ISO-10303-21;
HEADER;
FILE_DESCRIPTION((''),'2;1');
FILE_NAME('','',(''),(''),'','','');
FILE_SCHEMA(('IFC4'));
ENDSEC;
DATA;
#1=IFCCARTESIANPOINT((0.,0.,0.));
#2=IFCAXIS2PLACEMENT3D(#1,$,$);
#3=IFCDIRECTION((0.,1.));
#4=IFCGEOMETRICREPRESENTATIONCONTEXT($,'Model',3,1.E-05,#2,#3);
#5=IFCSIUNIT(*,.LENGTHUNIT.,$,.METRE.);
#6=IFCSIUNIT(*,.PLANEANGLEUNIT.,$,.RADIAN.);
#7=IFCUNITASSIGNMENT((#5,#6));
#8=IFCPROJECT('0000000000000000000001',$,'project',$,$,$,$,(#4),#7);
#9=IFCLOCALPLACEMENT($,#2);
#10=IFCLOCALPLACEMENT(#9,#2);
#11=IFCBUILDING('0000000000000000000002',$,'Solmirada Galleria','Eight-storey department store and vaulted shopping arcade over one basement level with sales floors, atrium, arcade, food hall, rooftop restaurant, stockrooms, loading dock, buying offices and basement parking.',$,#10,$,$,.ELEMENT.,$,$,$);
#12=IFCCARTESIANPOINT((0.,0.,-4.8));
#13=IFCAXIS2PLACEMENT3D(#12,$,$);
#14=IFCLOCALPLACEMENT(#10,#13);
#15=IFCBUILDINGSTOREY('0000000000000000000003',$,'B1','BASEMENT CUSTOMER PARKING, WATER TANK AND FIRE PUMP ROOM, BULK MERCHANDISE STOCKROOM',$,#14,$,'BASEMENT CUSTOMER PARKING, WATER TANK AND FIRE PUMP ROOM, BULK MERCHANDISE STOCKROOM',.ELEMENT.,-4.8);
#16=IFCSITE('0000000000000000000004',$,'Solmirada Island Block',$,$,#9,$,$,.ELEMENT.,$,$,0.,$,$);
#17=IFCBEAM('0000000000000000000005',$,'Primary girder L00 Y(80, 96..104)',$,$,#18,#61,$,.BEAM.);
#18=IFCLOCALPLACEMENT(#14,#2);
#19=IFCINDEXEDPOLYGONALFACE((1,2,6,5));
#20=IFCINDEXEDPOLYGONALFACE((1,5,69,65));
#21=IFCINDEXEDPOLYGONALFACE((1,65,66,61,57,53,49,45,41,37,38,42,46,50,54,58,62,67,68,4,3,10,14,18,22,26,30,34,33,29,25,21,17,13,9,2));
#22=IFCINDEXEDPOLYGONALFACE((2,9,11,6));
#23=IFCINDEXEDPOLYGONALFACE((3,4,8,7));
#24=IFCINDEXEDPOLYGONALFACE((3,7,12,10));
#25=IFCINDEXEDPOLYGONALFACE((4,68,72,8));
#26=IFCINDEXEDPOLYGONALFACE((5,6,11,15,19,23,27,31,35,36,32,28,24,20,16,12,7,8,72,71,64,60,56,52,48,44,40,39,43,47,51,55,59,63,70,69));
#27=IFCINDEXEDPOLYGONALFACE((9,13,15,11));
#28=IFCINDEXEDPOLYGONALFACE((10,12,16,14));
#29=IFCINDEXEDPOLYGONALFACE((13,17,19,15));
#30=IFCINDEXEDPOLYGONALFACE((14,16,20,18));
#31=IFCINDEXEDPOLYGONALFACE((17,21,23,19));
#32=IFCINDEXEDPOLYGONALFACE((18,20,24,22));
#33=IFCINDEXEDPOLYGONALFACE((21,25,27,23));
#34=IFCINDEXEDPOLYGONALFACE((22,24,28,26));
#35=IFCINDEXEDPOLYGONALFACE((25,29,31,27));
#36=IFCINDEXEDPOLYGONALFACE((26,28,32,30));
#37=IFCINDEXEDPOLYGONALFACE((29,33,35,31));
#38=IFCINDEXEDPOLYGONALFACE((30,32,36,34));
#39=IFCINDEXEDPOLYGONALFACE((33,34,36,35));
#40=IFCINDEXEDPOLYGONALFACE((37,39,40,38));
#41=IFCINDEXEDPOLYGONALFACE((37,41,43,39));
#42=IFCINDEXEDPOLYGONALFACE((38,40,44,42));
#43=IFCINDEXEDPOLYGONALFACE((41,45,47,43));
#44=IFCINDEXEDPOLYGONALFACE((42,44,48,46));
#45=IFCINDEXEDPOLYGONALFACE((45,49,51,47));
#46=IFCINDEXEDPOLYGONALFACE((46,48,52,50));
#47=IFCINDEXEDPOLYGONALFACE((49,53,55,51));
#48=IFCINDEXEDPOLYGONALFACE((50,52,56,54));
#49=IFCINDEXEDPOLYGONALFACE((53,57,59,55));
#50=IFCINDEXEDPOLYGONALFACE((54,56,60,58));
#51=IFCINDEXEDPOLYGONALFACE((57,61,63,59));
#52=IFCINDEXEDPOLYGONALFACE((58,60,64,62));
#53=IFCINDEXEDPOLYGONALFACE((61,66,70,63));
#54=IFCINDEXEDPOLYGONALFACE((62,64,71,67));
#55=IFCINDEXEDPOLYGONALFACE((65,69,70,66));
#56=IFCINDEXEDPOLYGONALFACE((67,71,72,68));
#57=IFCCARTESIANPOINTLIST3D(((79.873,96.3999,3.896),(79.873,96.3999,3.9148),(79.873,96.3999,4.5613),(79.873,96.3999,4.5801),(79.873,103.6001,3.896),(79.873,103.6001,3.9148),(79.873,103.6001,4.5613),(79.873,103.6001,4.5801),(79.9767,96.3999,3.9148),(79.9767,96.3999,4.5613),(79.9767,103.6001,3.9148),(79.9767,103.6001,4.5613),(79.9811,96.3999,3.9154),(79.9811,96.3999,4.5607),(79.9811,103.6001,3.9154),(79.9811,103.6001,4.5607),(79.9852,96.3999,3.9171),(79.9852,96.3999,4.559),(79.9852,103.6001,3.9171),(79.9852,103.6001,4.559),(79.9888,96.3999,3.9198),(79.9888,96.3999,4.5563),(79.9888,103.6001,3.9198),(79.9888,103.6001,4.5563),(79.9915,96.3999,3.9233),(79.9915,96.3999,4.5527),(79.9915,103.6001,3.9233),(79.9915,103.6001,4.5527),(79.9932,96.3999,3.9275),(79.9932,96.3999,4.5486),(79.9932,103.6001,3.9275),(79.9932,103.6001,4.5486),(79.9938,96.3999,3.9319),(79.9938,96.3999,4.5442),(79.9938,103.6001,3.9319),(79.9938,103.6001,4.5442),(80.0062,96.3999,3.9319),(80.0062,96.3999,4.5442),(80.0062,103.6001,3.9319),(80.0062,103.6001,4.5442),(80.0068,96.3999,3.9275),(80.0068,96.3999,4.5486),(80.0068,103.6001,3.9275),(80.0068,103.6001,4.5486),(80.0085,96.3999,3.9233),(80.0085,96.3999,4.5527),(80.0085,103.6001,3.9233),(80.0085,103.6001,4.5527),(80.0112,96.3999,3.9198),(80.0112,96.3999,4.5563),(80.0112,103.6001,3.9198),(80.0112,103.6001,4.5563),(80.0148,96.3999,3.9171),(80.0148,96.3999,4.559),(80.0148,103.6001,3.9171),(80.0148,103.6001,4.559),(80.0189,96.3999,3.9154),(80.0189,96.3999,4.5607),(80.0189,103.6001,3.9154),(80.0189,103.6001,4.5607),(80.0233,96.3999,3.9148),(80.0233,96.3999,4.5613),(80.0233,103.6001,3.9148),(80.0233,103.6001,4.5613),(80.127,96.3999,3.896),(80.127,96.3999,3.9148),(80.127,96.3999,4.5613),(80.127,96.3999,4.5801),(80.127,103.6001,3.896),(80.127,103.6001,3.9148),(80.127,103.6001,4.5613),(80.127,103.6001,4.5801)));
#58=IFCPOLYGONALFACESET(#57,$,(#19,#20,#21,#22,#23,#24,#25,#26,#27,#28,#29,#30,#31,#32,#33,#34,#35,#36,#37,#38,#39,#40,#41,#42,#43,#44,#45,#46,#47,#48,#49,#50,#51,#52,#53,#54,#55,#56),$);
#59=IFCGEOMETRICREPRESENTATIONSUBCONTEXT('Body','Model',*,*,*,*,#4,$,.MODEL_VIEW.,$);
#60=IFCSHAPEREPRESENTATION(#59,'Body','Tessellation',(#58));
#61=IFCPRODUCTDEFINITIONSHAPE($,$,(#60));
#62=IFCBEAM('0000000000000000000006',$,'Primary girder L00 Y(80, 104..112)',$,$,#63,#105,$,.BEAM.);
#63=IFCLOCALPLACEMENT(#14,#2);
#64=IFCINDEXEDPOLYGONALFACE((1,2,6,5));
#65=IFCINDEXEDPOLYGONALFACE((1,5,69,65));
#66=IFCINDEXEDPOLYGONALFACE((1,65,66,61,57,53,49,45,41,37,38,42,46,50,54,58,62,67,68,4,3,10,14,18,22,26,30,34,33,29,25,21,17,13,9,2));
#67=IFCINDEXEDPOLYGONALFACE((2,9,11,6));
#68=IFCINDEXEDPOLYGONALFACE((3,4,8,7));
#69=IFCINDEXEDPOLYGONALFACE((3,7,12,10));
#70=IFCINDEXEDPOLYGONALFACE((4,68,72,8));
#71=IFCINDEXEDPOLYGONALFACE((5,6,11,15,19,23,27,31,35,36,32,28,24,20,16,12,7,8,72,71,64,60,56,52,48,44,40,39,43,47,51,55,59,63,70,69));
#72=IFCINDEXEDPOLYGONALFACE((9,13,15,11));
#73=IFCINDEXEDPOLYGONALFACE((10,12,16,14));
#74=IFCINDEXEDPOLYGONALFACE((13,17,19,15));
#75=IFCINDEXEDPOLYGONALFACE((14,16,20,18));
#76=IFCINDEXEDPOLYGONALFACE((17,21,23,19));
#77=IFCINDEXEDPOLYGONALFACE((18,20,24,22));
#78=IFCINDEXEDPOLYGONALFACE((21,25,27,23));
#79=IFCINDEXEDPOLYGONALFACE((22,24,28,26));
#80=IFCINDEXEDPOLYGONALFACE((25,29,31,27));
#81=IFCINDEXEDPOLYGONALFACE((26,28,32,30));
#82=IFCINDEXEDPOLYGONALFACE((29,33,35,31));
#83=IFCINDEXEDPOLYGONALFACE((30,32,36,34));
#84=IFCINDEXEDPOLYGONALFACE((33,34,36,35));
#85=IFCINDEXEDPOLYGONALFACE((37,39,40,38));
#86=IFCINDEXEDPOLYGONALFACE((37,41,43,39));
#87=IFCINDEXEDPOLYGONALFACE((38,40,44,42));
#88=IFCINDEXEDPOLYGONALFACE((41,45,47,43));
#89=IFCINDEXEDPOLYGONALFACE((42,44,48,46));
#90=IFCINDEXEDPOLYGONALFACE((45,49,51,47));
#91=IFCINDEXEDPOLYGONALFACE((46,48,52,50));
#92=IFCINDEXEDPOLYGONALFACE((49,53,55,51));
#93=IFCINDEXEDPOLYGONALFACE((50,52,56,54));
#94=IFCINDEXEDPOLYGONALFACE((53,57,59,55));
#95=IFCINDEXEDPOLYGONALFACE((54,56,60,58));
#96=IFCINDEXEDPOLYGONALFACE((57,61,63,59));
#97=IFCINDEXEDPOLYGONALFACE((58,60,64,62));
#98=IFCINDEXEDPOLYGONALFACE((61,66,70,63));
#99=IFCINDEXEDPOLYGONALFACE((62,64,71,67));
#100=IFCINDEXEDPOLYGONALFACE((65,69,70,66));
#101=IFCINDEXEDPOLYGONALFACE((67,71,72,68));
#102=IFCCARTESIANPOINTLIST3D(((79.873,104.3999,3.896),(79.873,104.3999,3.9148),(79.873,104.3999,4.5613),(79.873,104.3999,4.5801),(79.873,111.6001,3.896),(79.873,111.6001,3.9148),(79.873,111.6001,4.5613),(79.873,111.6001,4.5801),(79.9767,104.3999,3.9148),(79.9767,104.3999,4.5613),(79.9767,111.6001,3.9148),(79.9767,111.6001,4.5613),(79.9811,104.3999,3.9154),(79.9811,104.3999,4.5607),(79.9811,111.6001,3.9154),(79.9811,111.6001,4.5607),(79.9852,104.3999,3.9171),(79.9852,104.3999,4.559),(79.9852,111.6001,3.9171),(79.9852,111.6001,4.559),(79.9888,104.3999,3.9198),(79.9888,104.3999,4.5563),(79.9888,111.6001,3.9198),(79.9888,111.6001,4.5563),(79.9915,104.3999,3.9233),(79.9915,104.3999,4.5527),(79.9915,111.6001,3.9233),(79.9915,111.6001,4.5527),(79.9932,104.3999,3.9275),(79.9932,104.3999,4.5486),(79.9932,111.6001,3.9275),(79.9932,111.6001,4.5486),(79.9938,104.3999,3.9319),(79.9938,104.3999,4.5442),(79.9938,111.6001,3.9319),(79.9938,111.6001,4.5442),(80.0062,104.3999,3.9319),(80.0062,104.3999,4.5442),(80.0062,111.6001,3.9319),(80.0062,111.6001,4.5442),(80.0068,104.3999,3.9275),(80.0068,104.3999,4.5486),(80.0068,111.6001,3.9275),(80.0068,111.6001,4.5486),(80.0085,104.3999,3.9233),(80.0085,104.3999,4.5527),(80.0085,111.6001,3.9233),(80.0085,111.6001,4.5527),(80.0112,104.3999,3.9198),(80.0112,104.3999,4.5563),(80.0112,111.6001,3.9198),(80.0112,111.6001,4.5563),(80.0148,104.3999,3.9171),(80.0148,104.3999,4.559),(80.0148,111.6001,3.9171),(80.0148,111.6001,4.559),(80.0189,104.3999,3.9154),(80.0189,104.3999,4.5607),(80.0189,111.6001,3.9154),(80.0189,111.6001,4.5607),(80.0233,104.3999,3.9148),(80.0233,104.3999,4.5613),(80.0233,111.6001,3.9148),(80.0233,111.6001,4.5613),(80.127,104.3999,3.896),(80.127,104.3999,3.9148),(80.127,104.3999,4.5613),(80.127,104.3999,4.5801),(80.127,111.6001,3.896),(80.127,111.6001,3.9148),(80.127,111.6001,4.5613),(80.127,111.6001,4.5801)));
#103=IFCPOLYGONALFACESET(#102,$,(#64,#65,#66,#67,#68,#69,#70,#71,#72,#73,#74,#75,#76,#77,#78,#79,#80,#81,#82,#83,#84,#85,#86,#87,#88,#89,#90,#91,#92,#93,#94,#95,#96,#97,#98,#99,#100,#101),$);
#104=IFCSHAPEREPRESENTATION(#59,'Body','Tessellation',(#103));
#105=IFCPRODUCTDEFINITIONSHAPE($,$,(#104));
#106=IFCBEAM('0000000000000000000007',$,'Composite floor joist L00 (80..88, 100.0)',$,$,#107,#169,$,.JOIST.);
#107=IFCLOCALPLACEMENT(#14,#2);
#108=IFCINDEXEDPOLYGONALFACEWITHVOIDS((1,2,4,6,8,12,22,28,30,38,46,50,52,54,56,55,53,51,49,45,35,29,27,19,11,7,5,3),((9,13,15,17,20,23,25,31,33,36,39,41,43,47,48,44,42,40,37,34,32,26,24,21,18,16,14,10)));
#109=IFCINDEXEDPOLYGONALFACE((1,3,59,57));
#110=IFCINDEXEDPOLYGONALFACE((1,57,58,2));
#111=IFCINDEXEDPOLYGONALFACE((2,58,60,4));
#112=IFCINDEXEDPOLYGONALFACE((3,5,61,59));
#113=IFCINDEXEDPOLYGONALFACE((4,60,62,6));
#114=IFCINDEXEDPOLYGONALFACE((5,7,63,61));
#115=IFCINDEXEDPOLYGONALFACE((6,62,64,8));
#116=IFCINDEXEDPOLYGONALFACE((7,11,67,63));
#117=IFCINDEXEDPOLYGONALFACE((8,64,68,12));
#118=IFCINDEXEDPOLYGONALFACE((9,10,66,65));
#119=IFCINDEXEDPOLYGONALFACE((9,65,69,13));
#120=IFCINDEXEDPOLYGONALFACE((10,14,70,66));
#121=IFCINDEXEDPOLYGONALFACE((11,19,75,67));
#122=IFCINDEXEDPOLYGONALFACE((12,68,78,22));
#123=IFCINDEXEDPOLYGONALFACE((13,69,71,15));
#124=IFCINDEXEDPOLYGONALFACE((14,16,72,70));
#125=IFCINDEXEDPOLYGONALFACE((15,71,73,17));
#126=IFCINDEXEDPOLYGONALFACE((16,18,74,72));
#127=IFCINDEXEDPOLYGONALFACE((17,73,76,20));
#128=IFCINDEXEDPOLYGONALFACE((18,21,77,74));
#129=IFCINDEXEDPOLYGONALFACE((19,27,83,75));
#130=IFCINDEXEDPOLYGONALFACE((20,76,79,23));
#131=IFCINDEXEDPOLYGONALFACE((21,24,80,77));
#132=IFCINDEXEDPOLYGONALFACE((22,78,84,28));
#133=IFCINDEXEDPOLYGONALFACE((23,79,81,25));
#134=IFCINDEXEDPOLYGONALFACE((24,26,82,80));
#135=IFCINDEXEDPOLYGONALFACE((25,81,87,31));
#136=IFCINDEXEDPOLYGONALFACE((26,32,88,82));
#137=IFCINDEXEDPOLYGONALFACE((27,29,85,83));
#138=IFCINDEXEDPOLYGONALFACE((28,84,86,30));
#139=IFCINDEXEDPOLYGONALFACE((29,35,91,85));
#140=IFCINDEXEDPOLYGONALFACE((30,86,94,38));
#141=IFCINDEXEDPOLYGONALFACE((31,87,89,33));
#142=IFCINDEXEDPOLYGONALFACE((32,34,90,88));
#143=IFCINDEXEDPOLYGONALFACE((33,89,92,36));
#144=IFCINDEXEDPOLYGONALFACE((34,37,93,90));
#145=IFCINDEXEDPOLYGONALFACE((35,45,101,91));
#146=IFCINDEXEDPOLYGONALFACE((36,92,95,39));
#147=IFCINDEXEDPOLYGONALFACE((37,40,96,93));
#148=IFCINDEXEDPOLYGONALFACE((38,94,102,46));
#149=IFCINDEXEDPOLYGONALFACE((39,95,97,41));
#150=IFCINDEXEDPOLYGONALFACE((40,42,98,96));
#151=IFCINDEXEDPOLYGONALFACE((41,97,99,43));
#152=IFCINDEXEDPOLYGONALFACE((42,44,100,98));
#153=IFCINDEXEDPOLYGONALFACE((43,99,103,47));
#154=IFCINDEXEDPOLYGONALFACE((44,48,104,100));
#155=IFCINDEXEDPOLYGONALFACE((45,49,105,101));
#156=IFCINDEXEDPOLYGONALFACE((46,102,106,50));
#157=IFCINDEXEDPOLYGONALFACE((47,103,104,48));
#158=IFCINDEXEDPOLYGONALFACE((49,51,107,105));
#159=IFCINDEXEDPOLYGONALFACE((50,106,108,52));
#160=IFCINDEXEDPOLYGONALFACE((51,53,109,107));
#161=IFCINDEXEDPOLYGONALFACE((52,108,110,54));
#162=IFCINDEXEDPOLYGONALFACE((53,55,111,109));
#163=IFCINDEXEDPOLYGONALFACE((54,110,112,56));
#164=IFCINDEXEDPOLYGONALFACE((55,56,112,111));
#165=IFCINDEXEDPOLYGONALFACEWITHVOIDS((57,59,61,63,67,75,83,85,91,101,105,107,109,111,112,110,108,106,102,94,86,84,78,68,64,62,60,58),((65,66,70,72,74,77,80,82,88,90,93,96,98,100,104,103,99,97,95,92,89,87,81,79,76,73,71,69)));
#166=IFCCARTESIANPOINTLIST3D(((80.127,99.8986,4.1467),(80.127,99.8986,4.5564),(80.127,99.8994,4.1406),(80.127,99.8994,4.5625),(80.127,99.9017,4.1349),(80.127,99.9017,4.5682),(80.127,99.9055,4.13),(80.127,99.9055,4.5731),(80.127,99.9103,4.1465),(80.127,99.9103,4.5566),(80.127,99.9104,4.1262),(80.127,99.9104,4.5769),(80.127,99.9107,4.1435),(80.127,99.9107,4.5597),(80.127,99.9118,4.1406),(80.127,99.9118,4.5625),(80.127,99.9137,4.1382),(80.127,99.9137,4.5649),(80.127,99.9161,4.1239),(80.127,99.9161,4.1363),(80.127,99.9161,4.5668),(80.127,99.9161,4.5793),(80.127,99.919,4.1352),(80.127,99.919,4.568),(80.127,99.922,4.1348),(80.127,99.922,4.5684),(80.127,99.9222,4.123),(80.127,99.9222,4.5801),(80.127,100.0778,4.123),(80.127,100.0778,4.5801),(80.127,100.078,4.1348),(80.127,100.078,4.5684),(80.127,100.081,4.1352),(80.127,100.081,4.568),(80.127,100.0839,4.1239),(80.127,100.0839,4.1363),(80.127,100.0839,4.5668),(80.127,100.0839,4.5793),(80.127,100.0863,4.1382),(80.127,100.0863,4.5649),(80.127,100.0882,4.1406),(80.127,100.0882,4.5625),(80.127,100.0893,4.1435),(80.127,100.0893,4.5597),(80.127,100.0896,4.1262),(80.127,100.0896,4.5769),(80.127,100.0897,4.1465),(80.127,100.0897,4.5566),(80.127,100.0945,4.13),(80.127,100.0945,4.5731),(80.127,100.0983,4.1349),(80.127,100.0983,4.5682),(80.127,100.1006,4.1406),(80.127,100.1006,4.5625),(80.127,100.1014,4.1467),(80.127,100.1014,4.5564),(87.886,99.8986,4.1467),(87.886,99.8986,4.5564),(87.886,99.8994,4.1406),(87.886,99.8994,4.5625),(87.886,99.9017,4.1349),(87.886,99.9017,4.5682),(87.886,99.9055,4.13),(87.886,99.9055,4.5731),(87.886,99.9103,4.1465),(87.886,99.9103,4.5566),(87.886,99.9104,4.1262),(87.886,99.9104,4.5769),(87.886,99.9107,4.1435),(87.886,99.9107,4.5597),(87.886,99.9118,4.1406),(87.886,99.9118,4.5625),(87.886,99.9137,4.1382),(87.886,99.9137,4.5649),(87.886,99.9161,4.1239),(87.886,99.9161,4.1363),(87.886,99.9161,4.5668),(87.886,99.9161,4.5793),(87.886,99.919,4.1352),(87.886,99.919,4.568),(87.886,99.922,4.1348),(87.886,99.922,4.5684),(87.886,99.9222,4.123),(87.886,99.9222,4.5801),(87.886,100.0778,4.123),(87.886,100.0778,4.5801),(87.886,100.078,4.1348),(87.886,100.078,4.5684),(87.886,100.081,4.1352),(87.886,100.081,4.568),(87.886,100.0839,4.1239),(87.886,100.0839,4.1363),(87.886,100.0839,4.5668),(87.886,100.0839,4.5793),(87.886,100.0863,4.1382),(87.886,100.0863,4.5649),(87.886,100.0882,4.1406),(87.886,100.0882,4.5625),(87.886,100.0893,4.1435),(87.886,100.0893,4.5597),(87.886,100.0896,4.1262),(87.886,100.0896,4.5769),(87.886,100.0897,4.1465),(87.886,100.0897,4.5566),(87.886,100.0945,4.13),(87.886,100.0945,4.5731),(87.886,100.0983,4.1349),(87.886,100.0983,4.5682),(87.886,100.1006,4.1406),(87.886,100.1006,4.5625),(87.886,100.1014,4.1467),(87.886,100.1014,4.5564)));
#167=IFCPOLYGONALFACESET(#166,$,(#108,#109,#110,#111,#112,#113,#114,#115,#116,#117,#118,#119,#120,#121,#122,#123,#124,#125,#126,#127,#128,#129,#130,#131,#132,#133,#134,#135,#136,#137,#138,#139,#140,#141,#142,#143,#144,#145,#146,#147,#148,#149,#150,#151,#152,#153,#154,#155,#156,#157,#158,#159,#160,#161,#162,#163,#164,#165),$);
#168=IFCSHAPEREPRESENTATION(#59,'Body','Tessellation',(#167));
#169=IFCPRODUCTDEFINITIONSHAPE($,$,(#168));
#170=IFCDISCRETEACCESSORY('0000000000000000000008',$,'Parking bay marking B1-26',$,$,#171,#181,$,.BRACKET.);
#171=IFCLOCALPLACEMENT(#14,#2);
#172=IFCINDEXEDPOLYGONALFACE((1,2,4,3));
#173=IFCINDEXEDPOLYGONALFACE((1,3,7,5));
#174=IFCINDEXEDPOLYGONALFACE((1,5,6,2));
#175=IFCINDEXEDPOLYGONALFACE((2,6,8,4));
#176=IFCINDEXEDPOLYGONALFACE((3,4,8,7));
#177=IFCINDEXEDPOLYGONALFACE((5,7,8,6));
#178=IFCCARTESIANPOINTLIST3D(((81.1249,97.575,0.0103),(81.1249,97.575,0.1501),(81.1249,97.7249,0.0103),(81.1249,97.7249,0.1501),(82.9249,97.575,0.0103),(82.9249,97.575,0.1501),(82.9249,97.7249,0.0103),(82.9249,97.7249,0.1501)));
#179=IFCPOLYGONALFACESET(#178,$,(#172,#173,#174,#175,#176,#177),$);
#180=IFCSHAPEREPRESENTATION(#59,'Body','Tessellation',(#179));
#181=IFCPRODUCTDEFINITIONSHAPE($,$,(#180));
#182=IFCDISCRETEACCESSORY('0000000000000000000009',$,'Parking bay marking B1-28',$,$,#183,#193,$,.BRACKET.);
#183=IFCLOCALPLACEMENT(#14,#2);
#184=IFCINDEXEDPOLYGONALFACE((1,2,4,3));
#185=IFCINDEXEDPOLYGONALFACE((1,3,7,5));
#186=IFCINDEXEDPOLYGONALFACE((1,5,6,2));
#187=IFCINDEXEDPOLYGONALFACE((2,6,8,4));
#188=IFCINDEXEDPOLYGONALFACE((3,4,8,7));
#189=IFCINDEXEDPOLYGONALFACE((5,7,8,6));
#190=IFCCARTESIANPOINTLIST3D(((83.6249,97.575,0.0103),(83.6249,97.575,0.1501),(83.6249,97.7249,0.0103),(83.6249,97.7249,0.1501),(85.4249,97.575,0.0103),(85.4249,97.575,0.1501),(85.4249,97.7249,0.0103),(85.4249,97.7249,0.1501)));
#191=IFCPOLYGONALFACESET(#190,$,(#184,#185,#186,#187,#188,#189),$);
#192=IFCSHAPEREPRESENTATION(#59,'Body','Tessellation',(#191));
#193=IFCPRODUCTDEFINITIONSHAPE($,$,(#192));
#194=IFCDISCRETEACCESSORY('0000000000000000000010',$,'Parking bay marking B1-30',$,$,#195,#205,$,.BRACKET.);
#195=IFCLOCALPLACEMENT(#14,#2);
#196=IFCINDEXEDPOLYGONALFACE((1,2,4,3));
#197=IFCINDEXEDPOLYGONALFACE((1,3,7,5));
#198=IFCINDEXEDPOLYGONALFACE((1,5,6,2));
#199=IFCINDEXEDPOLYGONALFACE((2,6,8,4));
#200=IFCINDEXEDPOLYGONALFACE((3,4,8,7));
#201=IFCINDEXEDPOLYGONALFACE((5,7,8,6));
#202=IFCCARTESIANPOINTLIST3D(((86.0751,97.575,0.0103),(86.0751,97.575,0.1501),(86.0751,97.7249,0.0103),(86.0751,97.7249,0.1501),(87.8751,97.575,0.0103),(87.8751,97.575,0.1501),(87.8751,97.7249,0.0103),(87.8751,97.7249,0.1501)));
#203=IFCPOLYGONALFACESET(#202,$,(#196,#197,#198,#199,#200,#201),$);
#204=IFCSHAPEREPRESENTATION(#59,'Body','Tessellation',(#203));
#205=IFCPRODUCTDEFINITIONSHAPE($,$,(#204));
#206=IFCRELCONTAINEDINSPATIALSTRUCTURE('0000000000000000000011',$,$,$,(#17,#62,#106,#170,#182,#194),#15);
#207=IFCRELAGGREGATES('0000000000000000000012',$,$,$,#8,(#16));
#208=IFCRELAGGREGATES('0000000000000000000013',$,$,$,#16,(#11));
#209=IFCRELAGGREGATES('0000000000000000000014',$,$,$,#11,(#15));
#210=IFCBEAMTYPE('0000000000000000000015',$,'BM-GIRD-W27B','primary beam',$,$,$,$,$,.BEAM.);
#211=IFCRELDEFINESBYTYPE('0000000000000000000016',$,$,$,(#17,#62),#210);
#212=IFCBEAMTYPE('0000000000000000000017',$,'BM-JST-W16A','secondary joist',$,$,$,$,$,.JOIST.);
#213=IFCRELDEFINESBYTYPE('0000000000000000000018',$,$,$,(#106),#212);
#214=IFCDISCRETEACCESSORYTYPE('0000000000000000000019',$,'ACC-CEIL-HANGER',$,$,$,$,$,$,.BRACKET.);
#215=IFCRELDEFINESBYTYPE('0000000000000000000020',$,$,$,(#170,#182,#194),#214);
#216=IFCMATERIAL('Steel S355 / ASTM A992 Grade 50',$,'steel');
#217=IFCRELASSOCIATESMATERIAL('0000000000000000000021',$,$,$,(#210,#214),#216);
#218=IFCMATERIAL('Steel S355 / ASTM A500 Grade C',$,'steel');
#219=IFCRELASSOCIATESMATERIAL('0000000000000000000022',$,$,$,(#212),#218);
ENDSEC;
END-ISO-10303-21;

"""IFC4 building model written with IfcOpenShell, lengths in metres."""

from ifc_helpers import new_model, si_unit, direction, frame, origin, origin_2d, place, context, subcontext, project, spatial, rectangle, hollow_rectangle, i_section, extrude, material, material_profile, profile_set, type_object, element, save


model = new_model("IFC4")

# Units and contexts
model_context = context("Model", 3, precision=1e-05, world=origin(), true_north=direction((0.0, 1.0)))
body_context = subcontext(model_context, "Body", "Model", "MODEL_VIEW")
ifc_project = project(units=[si_unit("LENGTHUNIT", "METRE"), si_unit("PLANEANGLEUNIT", "RADIAN")], contexts=[model_context])

# Site, building, storey
site_placement = place(None, origin())
site = spatial("IfcSite", under=ifc_project, at=site_placement, Name="Solmirada Island Block", CompositionType="ELEMENT", RefElevation=0.0)
building_placement = place(site_placement, origin())
building = spatial("IfcBuilding", under=site, at=building_placement, Name="Solmirada Galleria", Description="Eight-storey department store and vaulted shopping arcade over one basement level with sales floors, atrium, arcade, food hall, rooftop restaurant, stockrooms, loading dock, buying offices and basement parking.", CompositionType="ELEMENT")
storey_placement = place(building_placement, frame((0.0, 0.0, -4.8)))
storey = spatial("IfcBuildingStorey", under=building, at=storey_placement, Name="B1", Description="BASEMENT CUSTOMER PARKING, WATER TANK AND FIRE PUMP ROOM, BULK MERCHANDISE STOCKROOM", LongName="BASEMENT CUSTOMER PARKING, WATER TANK AND FIRE PUMP ROOM, BULK MERCHANDISE STOCKROOM", CompositionType="ELEMENT", Elevation=-4.8)

# Beams
ifc_material_1 = material(Name="Steel S355 / ASTM A992 Grade 50", Category="steel")
ifc_material_profile_1 = material_profile(ifc_material_1, i_section(OverallWidth=0.2539, OverallDepth=0.6841, WebThickness=0.0125, FlangeThickness=0.0188, FilletRadius=0.0171, at=origin_2d()), Name="W27X94")
ifc_profile_set_1 = profile_set([ifc_material_profile_1], Name="Steel S355 / ASTM A992 Grade 50")
beam_type_1 = type_object("IfcBeamType", Name="BM-GIRD-W27B", Description="primary beam", PredefinedType="BEAM", material=ifc_profile_set_1)
for number, where, z_axis, x_axis, name in (
    (1, (80.0, 96.3999, 4.238), (0.0, 1.0, 0.0), (-1.0, 0.0, 0.0), "Primary girder L00 Y(80, 96..104)"),
    (2, (80.0, 104.3999, 4.238), (0.0, 1.0, 0.0), (-1.0, 0.0, 0.0), "Primary girder L00 Y(80, 104..112)"),
):
    element("IfcBeam", number, at=place(storey_placement, frame(where, z_axis=z_axis, x_axis=x_axis)), inside=storey, type_object=beam_type_1, Name=name, PredefinedType="BEAM", context=body_context, shape_type="SweptSolid", body=[
        extrude(i_section(OverallWidth=0.2539, OverallDepth=0.6841, WebThickness=0.0125, FlangeThickness=0.0188, FilletRadius=0.0171, at=origin_2d()), origin(), (0.0, 0.0, 1.0), 7.2002),
    ])
ifc_material_2 = material(Name="Steel S355 / ASTM A500 Grade C", Category="steel")
ifc_material_profile_2 = material_profile(ifc_material_2, hollow_rectangle(XDim=0.2029, YDim=0.457, WallThickness=0.0117, InnerFilletRadius=0.0117, OuterFilletRadius=0.0237, at=origin_2d()), Name="HSS18X8X1/2")
ifc_profile_set_2 = profile_set([ifc_material_profile_2], Name="Steel S355 / ASTM A500 Grade C")
beam_type_2 = type_object("IfcBeamType", Name="BM-JST-W16A", Description="secondary joist", PredefinedType="JOIST", material=ifc_profile_set_2)
beam_1_placement = place(storey_placement, frame((80.127, 100.0, 4.3516), z_axis=(1.0, 0.0, 0.0), x_axis=(0.0, 1.0, 0.0)))
element("IfcBeam", 3, at=beam_1_placement, inside=storey, type_object=beam_type_2, Name="Composite floor joist L00 (80..88, 100.0)", PredefinedType="JOIST", context=body_context, shape_type="SweptSolid", body=[
    extrude(hollow_rectangle(XDim=0.2029, YDim=0.457, WallThickness=0.0117, InnerFilletRadius=0.0117, OuterFilletRadius=0.0237, at=origin_2d()), origin(), (0.0, 0.0, 1.0), 7.759),
])

# Discrete accessories
discrete_accessory_type_1 = type_object("IfcDiscreteAccessoryType", Name="ACC-CEIL-HANGER", PredefinedType="BRACKET", material=ifc_material_1)
for number, where, z_axis, x_axis, name in (
    (4, (82.0249, 97.6499, 0.0103), (0.0, 0.0, 1.0), (1.0, 0.0, 0.0), "Parking bay marking B1-26"),
    (5, (84.5249, 97.6499, 0.0103), (0.0, 0.0, 1.0), (1.0, 0.0, 0.0), "Parking bay marking B1-28"),
    (6, (86.9751, 97.6499, 0.0103), (0.0, 0.0, 1.0), (1.0, 0.0, 0.0), "Parking bay marking B1-30"),
):
    element("IfcDiscreteAccessory", number, at=place(storey_placement, frame(where, z_axis=z_axis, x_axis=x_axis)), inside=storey, type_object=discrete_accessory_type_1, Name=name, PredefinedType="BRACKET", context=body_context, shape_type="SweptSolid", body=[
        extrude(rectangle(XDim=1.8, YDim=0.1499, at=origin_2d()), origin(), (0.0, 0.0, 1.0), 0.1399),
    ])

save(model, "model.ifc")
